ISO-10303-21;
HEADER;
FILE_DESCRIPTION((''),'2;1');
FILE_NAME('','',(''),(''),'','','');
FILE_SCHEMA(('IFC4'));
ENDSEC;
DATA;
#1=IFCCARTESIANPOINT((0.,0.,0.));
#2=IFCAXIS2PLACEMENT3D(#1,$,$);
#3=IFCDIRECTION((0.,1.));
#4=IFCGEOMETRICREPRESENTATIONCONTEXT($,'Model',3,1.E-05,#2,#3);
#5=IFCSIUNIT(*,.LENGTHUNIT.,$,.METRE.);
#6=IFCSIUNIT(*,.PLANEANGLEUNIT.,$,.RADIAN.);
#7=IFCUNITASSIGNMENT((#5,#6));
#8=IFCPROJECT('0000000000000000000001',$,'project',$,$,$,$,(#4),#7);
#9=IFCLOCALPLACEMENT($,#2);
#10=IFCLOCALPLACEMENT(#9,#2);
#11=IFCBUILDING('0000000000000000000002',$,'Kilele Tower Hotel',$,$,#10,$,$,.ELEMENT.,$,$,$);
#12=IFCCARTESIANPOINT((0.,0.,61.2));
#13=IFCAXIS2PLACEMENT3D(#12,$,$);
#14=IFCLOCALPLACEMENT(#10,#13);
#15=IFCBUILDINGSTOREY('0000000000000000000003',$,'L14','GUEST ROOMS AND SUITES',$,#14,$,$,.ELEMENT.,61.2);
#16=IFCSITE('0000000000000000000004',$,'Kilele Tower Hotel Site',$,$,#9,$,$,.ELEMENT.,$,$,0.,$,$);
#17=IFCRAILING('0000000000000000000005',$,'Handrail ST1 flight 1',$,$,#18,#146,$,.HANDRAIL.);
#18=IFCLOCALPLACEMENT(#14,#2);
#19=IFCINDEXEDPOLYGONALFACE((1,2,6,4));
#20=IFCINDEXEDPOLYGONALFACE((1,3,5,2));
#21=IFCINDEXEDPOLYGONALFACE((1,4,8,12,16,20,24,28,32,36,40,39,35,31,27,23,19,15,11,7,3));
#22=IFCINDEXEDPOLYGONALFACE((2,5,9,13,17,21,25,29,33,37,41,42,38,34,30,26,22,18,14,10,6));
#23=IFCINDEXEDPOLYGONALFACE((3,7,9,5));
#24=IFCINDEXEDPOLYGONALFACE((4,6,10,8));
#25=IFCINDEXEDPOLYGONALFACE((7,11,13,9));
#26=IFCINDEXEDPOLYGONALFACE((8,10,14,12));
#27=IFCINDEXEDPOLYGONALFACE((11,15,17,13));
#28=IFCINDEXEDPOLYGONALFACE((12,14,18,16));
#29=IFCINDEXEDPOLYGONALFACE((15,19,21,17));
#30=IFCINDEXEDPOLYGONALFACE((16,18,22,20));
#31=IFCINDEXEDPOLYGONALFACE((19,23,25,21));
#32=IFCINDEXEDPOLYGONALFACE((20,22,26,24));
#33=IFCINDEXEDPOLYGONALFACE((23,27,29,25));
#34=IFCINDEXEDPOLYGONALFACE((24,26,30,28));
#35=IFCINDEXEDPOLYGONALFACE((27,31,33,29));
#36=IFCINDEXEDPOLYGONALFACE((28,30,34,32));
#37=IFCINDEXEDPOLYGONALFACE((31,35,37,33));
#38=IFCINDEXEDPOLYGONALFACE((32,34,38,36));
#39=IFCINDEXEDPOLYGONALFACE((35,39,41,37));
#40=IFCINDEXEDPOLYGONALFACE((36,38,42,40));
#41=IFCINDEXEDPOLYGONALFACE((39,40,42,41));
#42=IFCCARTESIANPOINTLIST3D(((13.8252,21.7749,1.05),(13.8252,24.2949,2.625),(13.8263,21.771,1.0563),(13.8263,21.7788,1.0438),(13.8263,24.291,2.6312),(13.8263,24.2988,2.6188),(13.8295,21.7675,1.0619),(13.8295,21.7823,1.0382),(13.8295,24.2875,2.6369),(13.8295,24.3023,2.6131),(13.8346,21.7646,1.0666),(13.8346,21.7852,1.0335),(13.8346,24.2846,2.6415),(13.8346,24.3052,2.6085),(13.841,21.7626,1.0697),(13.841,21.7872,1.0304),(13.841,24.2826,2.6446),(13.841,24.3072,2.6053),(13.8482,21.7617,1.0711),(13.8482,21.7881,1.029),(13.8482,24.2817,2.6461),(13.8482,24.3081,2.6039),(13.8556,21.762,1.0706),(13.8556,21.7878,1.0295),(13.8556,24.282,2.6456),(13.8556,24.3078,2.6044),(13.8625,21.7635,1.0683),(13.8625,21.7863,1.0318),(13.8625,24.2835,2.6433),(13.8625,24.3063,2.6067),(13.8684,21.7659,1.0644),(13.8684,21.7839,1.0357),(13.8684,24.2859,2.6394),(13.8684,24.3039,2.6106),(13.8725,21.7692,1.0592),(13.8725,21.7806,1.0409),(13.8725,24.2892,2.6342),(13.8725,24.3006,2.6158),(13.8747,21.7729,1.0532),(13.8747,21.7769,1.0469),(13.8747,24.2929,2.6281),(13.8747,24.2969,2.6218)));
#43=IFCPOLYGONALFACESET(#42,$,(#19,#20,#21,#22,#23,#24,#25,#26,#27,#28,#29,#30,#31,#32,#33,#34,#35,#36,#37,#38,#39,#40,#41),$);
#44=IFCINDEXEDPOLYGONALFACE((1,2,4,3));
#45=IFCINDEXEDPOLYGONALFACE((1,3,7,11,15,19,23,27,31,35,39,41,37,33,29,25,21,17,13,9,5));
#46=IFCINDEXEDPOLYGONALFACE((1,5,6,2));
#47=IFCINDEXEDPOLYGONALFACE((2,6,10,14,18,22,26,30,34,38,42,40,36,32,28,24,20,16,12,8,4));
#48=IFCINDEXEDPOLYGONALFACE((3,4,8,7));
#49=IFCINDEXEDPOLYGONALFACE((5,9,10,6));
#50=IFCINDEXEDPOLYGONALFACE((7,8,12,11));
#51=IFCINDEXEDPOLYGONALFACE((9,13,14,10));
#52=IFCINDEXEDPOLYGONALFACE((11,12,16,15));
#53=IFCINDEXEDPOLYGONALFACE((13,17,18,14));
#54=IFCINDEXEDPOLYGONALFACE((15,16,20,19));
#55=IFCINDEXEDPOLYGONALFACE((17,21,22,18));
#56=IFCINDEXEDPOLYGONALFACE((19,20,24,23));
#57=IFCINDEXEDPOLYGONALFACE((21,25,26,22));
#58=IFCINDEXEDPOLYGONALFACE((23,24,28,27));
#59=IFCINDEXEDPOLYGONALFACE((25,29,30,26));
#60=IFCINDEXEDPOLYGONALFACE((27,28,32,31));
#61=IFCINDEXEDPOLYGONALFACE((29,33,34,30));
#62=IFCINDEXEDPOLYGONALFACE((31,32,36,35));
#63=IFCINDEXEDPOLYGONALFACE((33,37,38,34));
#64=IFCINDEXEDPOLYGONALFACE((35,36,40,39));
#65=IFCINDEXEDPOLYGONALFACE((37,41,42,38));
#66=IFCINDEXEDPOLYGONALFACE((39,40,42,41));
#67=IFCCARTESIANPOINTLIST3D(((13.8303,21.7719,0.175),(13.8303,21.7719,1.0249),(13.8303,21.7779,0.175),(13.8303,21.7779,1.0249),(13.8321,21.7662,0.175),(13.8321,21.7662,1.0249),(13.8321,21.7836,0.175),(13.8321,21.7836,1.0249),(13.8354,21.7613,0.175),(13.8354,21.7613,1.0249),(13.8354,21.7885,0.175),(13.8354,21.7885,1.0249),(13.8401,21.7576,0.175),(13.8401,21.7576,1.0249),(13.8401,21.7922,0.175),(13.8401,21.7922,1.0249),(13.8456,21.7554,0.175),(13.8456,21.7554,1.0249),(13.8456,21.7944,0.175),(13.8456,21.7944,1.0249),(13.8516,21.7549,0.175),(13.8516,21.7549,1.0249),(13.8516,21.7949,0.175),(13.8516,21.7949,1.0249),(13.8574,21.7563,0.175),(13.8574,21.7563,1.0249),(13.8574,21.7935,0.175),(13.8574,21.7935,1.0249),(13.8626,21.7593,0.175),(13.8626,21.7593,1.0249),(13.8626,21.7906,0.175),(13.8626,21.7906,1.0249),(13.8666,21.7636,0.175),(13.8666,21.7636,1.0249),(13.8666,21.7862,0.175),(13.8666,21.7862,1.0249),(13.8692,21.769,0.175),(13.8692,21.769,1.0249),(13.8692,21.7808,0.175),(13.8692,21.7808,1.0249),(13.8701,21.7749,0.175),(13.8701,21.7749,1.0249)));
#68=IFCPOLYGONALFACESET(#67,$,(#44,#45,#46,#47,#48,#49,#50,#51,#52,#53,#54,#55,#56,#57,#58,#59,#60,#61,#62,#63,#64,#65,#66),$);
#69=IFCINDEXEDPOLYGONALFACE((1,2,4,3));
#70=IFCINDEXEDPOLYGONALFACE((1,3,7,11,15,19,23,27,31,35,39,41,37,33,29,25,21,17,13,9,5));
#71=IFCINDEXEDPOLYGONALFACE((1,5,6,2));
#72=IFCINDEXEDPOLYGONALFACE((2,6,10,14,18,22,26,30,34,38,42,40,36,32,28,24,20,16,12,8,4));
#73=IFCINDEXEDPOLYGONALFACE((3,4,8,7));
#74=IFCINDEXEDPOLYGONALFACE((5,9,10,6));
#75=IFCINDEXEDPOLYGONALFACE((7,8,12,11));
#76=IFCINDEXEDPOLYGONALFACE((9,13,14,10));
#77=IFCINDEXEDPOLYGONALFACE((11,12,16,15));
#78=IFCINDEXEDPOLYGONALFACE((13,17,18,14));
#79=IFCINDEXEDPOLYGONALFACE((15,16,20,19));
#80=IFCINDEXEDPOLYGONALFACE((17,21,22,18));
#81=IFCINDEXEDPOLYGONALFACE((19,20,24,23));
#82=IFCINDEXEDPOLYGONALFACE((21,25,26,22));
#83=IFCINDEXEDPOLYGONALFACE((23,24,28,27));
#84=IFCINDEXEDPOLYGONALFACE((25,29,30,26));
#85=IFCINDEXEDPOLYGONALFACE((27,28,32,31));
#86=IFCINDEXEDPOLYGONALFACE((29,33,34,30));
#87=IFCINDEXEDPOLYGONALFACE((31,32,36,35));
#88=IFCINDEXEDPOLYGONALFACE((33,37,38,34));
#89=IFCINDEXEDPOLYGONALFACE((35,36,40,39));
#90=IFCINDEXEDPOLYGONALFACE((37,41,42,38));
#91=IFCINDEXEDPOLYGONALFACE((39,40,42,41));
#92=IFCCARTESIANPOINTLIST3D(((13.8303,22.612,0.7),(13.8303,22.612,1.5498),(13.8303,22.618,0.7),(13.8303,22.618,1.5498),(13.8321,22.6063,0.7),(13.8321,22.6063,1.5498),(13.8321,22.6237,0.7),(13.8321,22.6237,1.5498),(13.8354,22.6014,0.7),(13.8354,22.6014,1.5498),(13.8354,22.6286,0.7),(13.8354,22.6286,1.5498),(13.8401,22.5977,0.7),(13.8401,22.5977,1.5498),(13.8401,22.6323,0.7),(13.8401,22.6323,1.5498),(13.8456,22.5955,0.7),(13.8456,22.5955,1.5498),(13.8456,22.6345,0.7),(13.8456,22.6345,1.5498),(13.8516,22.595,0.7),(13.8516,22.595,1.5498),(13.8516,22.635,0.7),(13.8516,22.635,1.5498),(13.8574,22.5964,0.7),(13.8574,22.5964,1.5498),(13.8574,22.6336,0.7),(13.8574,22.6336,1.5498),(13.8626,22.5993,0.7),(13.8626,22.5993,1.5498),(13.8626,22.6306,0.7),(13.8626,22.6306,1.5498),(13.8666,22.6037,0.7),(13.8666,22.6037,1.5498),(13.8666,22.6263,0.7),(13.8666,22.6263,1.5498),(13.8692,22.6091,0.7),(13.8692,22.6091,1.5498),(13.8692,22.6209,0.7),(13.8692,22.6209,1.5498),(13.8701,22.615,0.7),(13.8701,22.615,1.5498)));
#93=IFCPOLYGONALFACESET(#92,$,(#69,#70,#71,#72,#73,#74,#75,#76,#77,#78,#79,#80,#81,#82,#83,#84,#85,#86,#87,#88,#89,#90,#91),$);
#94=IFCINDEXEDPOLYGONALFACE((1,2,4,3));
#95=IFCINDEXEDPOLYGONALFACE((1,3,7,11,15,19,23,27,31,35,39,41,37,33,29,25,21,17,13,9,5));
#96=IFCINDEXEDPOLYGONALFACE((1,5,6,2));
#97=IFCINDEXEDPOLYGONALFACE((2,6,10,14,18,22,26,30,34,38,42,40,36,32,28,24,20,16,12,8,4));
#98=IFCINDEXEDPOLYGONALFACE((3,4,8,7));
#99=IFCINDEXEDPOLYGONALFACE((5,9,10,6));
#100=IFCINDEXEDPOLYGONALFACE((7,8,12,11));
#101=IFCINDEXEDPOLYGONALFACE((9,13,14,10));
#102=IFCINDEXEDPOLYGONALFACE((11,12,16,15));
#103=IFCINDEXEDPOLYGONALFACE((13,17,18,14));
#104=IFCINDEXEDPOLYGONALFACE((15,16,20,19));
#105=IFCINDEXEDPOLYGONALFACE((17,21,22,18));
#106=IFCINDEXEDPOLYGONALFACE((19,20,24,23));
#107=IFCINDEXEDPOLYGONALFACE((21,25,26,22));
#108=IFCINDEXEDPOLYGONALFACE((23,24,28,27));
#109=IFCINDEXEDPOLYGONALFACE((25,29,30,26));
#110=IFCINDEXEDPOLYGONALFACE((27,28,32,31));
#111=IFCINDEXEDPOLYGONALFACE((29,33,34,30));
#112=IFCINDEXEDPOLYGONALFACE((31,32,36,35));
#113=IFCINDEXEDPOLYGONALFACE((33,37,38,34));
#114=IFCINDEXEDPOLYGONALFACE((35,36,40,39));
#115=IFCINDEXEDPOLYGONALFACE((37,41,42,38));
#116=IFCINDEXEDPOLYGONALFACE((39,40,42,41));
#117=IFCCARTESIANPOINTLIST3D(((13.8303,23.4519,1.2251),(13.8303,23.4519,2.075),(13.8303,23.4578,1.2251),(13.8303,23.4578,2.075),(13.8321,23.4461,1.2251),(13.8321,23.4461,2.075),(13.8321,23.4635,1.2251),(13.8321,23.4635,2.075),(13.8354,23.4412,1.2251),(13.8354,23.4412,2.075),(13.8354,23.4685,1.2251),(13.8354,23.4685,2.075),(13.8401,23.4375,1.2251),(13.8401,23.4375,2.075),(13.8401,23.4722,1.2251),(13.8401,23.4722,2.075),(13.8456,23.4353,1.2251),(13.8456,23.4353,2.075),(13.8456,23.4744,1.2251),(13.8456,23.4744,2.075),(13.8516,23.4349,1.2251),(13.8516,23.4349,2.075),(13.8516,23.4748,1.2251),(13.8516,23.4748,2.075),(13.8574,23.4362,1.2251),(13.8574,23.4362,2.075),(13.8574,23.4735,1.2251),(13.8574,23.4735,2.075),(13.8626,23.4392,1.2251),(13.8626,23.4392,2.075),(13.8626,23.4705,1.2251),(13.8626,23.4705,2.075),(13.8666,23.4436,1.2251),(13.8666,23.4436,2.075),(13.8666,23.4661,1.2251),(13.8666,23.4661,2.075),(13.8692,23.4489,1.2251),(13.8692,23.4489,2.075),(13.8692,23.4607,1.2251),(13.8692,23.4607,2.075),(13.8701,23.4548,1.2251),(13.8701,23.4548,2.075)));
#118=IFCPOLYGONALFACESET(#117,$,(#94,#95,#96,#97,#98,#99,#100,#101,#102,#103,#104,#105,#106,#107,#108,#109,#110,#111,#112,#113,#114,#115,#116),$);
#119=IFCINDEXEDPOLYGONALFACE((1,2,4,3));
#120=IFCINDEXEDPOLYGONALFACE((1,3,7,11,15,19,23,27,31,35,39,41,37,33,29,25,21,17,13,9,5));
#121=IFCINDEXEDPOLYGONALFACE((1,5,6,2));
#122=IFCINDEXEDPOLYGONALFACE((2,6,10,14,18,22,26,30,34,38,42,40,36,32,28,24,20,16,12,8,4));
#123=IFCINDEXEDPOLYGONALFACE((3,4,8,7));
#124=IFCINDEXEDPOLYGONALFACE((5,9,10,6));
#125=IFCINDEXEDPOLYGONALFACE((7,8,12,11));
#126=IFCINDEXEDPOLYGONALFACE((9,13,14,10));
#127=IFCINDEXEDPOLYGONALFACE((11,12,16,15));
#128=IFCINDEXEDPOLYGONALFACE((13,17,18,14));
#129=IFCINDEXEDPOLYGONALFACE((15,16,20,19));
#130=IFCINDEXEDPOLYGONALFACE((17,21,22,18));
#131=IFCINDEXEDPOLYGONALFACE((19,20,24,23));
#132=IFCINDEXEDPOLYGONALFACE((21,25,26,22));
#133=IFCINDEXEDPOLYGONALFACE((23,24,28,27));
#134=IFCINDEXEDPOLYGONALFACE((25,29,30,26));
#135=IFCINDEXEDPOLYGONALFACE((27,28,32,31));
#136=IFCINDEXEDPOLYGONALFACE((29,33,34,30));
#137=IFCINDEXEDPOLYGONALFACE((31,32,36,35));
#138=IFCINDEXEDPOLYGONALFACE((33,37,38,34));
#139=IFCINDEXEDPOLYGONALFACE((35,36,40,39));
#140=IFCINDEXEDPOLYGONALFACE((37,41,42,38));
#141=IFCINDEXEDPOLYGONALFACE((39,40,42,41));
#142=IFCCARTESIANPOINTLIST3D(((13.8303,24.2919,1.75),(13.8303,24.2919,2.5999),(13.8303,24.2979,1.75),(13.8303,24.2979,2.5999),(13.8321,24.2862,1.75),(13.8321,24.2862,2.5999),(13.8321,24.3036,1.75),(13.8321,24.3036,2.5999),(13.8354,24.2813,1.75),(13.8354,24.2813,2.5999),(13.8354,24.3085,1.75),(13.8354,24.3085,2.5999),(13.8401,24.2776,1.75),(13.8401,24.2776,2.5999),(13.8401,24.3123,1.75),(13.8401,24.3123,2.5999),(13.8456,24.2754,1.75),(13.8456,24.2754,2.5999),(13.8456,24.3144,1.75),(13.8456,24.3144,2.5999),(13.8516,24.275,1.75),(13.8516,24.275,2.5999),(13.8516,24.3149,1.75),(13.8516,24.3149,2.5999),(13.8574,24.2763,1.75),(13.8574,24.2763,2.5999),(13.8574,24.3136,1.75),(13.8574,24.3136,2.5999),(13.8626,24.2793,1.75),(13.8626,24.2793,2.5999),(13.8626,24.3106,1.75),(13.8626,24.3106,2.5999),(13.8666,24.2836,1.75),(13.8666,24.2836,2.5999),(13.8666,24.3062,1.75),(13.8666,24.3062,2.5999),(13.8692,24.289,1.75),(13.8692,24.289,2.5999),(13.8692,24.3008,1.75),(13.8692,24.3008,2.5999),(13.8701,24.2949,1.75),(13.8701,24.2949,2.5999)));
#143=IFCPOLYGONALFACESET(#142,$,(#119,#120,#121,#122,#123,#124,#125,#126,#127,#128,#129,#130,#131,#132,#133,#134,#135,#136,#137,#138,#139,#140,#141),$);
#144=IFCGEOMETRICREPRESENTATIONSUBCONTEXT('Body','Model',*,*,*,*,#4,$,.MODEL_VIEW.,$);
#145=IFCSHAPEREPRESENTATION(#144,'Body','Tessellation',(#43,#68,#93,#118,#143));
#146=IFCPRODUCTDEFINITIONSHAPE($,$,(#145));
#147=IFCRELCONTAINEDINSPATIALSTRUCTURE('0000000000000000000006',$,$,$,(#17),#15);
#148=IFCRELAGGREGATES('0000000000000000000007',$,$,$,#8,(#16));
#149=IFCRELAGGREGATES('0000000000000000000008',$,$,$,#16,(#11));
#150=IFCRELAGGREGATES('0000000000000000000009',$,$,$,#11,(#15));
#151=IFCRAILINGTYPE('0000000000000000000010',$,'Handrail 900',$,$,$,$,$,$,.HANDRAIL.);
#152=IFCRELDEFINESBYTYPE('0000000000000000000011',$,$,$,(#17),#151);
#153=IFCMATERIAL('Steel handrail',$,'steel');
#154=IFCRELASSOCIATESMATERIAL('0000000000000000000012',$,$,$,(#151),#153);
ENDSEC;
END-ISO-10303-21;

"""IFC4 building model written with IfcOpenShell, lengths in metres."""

from ifc_helpers import new_model, si_unit, direction, frame, origin, origin_2d, place, context, subcontext, project, spatial, circle, extrude, material, type_object, element, save


model = new_model("IFC4")

# Units and contexts
model_context = context("Model", 3, precision=1e-05, world=origin(), true_north=direction((0.0, 1.0)))
body_context = subcontext(model_context, "Body", "Model", "MODEL_VIEW")
ifc_project = project(units=[si_unit("LENGTHUNIT", "METRE"), si_unit("PLANEANGLEUNIT", "RADIAN")], contexts=[model_context])

# Site, building, storey
site_placement = place(None, origin())
site = spatial("IfcSite", under=ifc_project, at=site_placement, Name="Kilele Tower Hotel Site", CompositionType="ELEMENT", RefElevation=0.0)
building_placement = place(site_placement, origin())
building = spatial("IfcBuilding", under=site, at=building_placement, Name="Kilele Tower Hotel", CompositionType="ELEMENT")
storey_placement = place(building_placement, frame((0.0, 0.0, 61.2)))
storey = spatial("IfcBuildingStorey", under=building, at=storey_placement, Name="L14", Description="GUEST ROOMS AND SUITES", CompositionType="ELEMENT", Elevation=61.2)

# Railing
ifc_material_1 = material(Name="Steel handrail", Category="steel")
railing_type_1 = type_object("IfcRailingType", Name="Handrail 900", PredefinedType="HANDRAIL", material=ifc_material_1)
for number, where, name in (
    (1, (13.8501, 21.7749, 0.175), "Handrail ST1 flight 1"),
):
    element("IfcRailing", number, at=place(storey_placement, frame(where)), inside=storey, type_object=railing_type_1, Name=name, PredefinedType="HANDRAIL", context=body_context, shape_type="SweptSolid", body=[
        extrude(circle(Radius=0.0249, at=origin_2d()), frame((0.0, 0.0, 0.875), z_axis=(0.0, 0.848008, 0.529984), x_axis=(-1.0, 0.0, 0.0)), (0.0, 0.0, 1.0), 2.9717),
        extrude(circle(Radius=0.02, at=origin_2d()), origin(), (0.0, 0.0, 1.0), 0.8499),
        extrude(circle(Radius=0.02, at=origin_2d()), frame((0.0, 0.8401, 0.5249)), (0.0, 0.0, 1.0), 0.8499),
        extrude(circle(Radius=0.02, at=origin_2d()), frame((0.0, 1.6799, 1.05)), (0.0, 0.0, 1.0), 0.8499),
        extrude(circle(Radius=0.02, at=origin_2d()), frame((0.0, 2.52, 1.575)), (0.0, 0.0, 1.0), 0.8499),
    ])

save(model, "model.ifc")
